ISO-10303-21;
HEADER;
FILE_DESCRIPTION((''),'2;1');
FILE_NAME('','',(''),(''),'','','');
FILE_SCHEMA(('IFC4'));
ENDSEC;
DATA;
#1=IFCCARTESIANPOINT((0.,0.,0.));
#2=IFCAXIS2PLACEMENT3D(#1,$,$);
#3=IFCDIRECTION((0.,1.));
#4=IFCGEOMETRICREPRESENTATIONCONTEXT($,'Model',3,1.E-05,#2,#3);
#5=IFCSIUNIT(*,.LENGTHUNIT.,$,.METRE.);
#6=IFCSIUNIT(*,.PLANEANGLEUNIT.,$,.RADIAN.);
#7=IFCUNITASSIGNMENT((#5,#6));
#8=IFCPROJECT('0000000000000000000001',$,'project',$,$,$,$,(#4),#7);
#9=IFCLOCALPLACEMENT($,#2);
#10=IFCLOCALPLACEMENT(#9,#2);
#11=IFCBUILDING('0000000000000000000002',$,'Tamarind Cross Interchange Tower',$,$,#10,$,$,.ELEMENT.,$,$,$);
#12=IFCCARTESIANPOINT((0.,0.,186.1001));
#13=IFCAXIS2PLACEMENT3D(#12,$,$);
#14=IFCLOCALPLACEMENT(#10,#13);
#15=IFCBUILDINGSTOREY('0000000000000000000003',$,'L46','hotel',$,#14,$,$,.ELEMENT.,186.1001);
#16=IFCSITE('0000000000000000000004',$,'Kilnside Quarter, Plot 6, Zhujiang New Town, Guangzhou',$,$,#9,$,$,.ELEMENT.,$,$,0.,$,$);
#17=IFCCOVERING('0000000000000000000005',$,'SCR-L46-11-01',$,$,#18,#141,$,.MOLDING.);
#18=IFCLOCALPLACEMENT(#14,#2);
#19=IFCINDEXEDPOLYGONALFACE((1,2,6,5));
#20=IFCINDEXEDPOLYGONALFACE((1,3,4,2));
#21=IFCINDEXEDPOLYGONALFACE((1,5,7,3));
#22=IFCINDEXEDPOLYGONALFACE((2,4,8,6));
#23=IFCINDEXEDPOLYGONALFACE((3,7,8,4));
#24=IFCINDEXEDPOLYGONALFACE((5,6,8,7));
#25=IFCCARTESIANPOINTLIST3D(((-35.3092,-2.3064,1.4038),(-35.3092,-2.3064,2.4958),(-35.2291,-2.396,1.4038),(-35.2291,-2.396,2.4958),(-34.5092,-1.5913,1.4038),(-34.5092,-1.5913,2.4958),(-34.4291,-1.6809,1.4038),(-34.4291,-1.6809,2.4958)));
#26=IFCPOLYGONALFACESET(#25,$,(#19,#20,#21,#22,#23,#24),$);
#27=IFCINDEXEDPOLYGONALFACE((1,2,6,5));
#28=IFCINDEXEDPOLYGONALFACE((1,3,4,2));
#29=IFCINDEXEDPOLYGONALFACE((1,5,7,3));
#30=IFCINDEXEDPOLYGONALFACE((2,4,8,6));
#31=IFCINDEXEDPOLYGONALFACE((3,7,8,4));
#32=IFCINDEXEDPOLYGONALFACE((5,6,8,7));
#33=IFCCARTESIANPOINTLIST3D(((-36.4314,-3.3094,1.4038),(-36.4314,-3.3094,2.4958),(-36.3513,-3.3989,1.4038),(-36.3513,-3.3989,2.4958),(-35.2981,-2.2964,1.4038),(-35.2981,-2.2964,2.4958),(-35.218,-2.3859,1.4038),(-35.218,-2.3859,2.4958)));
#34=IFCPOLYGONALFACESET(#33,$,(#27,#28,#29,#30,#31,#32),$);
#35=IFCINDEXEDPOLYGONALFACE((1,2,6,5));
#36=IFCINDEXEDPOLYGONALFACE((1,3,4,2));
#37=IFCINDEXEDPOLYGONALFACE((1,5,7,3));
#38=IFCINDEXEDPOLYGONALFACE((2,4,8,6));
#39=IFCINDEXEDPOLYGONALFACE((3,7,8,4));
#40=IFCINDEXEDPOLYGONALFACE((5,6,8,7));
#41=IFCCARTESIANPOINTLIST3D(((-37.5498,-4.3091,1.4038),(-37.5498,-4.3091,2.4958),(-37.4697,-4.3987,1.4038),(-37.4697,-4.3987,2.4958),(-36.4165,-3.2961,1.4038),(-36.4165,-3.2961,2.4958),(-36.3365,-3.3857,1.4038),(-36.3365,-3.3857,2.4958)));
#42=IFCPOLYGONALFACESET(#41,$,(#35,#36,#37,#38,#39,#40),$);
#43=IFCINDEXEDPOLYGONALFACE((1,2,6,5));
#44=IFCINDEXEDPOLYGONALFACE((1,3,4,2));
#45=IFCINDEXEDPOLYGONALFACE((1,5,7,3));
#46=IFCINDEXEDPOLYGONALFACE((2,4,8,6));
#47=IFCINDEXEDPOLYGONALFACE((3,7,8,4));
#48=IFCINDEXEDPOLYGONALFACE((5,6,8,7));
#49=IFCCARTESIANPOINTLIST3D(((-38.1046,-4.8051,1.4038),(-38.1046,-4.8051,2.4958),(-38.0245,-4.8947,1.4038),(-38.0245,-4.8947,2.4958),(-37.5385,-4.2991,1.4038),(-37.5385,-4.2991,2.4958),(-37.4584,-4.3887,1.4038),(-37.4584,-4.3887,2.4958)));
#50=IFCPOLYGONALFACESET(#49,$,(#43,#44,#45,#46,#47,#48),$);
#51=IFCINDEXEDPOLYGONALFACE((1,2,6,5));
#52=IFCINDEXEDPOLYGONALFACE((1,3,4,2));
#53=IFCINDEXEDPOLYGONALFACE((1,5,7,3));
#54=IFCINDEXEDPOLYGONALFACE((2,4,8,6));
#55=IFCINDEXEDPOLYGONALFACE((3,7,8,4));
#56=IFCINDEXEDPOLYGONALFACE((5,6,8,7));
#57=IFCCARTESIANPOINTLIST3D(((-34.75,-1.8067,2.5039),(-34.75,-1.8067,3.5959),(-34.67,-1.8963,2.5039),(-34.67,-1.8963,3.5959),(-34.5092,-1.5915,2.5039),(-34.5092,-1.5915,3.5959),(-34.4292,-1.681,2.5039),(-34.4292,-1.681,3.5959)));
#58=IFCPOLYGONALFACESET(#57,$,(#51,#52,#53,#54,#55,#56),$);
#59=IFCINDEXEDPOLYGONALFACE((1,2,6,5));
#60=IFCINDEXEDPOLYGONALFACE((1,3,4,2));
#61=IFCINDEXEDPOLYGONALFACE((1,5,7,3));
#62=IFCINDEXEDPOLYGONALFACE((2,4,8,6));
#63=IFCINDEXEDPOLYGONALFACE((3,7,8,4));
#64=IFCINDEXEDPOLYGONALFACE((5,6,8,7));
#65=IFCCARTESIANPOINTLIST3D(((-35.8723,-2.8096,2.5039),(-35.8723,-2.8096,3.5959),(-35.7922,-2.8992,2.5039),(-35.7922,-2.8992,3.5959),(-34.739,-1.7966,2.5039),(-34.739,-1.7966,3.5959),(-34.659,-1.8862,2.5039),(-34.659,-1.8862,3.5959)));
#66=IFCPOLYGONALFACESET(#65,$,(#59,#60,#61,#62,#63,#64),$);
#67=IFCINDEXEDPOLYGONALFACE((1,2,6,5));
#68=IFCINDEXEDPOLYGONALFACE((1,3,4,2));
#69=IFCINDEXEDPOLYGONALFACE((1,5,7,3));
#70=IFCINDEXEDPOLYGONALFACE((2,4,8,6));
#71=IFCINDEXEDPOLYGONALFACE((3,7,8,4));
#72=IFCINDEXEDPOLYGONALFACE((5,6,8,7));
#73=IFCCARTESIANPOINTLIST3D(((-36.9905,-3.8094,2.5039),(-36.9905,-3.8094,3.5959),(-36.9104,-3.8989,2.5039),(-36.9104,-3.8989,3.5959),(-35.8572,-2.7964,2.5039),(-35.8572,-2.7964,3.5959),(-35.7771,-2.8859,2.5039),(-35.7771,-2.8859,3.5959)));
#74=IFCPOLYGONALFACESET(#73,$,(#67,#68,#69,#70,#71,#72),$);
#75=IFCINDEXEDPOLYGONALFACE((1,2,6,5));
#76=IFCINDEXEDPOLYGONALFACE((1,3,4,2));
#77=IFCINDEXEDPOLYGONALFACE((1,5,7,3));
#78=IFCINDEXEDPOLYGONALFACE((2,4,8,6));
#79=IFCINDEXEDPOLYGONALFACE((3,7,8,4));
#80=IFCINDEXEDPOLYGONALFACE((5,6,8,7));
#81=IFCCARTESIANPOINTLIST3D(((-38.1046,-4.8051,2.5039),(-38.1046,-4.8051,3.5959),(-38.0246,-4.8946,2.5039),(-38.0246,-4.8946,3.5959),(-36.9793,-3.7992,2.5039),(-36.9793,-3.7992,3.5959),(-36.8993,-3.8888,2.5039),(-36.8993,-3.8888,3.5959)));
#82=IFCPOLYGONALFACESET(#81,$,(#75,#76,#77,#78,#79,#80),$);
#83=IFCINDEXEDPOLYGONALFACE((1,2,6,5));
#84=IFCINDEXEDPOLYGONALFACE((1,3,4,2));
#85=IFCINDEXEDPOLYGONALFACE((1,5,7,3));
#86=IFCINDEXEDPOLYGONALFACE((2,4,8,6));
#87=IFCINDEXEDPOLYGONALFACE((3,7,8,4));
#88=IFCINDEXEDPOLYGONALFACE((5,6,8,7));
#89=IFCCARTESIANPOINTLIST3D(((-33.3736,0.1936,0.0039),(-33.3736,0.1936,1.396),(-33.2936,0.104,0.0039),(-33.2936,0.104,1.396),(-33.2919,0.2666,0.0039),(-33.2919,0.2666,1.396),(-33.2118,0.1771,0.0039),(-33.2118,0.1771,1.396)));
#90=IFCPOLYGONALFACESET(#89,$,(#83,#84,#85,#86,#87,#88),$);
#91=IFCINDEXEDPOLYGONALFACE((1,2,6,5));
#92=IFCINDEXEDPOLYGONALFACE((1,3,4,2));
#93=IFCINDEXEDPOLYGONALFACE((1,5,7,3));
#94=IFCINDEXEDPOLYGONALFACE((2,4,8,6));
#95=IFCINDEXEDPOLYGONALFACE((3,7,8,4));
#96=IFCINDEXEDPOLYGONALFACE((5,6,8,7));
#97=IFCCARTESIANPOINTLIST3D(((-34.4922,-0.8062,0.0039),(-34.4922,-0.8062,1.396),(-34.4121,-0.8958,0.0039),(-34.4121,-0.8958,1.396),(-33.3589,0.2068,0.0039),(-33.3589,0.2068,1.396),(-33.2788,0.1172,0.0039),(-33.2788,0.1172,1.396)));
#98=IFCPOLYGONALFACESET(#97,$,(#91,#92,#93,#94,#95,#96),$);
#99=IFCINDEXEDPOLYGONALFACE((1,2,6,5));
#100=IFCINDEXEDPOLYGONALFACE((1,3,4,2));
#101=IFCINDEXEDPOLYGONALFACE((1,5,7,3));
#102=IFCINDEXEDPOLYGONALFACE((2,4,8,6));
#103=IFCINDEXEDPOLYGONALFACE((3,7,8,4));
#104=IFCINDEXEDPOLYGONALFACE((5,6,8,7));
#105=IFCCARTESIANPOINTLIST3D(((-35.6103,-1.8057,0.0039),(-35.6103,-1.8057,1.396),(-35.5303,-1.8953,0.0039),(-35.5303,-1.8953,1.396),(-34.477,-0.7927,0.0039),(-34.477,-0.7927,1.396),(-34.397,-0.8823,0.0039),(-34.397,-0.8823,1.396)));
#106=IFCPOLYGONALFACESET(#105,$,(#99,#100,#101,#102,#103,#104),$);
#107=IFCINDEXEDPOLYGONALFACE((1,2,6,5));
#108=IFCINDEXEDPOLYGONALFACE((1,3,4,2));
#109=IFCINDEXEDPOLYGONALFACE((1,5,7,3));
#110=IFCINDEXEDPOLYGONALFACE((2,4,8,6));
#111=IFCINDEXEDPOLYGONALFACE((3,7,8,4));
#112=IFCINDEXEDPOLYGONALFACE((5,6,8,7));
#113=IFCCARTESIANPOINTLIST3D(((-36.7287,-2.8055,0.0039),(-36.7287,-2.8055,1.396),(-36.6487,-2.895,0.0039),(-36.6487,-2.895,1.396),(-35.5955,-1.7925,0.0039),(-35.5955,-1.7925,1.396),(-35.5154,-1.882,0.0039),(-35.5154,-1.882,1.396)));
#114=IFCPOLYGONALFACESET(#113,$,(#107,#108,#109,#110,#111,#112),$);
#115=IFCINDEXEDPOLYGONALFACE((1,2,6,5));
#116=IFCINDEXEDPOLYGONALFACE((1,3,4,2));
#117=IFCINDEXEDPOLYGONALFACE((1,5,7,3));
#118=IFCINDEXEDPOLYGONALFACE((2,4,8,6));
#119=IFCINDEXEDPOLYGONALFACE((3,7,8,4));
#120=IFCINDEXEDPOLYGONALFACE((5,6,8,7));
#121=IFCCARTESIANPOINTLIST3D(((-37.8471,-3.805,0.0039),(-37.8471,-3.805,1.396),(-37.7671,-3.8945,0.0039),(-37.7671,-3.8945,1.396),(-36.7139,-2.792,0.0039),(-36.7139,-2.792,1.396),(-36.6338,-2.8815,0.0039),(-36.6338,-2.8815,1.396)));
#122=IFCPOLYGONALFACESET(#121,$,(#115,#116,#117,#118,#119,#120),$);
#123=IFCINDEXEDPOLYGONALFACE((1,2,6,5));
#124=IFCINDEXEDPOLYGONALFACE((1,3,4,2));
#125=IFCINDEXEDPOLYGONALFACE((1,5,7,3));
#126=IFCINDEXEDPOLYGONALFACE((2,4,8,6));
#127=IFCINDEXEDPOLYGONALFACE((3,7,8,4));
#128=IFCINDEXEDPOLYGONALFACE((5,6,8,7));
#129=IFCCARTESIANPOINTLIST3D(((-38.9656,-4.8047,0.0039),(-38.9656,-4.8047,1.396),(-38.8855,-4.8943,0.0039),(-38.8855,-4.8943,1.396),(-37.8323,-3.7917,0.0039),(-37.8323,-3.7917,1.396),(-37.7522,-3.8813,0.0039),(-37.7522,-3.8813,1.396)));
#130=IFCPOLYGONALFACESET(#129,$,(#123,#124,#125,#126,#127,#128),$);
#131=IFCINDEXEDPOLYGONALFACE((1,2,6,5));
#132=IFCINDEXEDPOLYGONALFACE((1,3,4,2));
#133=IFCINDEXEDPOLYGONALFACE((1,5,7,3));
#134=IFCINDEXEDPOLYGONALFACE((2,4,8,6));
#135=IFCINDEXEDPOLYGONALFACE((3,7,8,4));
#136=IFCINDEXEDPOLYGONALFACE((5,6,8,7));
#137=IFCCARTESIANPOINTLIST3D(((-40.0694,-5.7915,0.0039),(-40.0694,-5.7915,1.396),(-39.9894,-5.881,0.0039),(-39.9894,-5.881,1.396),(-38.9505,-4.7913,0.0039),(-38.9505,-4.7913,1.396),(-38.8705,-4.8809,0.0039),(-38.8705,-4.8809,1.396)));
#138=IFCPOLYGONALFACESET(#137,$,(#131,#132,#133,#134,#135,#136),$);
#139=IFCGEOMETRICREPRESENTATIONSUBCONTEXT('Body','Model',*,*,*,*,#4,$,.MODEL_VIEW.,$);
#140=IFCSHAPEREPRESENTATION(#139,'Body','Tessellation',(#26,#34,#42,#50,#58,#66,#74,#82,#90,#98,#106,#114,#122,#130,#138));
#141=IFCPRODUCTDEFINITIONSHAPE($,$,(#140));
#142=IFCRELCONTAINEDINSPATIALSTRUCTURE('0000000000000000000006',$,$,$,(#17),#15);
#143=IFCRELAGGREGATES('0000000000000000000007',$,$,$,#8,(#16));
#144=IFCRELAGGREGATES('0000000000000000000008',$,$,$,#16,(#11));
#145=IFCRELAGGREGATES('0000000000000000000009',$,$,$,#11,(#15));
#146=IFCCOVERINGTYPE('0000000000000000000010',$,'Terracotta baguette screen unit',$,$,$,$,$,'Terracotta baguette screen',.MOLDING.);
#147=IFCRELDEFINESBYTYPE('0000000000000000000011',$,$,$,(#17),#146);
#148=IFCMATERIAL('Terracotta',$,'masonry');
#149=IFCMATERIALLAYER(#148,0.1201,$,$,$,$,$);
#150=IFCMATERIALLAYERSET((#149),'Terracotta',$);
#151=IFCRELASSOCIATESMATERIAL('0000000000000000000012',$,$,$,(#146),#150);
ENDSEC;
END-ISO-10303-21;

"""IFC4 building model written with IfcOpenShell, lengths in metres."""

from ifc_helpers import new_model, si_unit, direction, frame, origin, origin_2d, place, context, subcontext, project, spatial, rectangle, extrude, material, layer, layer_set, type_object, element, save


model = new_model("IFC4")

# Units and contexts
model_context = context("Model", 3, precision=1e-05, world=origin(), true_north=direction((0.0, 1.0)))
body_context = subcontext(model_context, "Body", "Model", "MODEL_VIEW")
ifc_project = project(units=[si_unit("LENGTHUNIT", "METRE"), si_unit("PLANEANGLEUNIT", "RADIAN")], contexts=[model_context])

# Site, building, storey
site_placement = place(None, origin())
site = spatial("IfcSite", under=ifc_project, at=site_placement, Name="Kilnside Quarter, Plot 6, Zhujiang New Town, Guangzhou", CompositionType="ELEMENT", RefElevation=0.0)
building_placement = place(site_placement, origin())
building = spatial("IfcBuilding", under=site, at=building_placement, Name="Tamarind Cross Interchange Tower", CompositionType="ELEMENT")
storey_placement = place(building_placement, frame((0.0, 0.0, 186.1001)))
storey = spatial("IfcBuildingStorey", under=building, at=storey_placement, Name="L46", Description="hotel", CompositionType="ELEMENT", Elevation=186.1001)

# Covering
ifc_material_1 = material(Name="Terracotta", Category="masonry")
ifc_layer_1 = layer(ifc_material_1, 0.1201)
ifc_layer_set_1 = layer_set([ifc_layer_1], Name="Terracotta")
covering_type = type_object("IfcCoveringType", Name="Terracotta baguette screen unit", ElementType="Terracotta baguette screen", PredefinedType="MOLDING", material=ifc_layer_set_1)
covering_1_placement = place(storey_placement, origin())
element("IfcCovering", 1, at=covering_1_placement, inside=storey, type_object=covering_type, Name="SCR-L46-11-01", PredefinedType="MOLDING", context=body_context, shape_type="SweptSolid", body=[
    extrude(rectangle(XDim=1.073, YDim=0.1201, at=origin_2d()), frame((-34.8691, -1.9937, 1.4038), z_axis=(0.0, 0.0, 1.0), x_axis=(-0.745569, -0.666428, 0.0)), (0.0, 0.0, 1.0), 1.092),
    extrude(rectangle(XDim=1.52, YDim=0.1201, at=origin_2d()), frame((-35.8247, -2.8477, 1.4038), z_axis=(0.0, 0.0, 1.0), x_axis=(-0.745569, -0.666428, 0.0)), (0.0, 0.0, 1.0), 1.092),
    extrude(rectangle(XDim=1.52, YDim=0.1201, at=origin_2d()), frame((-36.9431, -3.8474, 1.4038), z_axis=(0.0, 0.0, 1.0), x_axis=(-0.745569, -0.666428, 0.0)), (0.0, 0.0, 1.0), 1.092),
    extrude(rectangle(XDim=0.7593, YDim=0.1201, at=origin_2d()), frame((-37.7815, -4.5969, 1.4038), z_axis=(0.0, 0.0, 1.0), x_axis=(-0.745569, -0.666428, 0.0)), (0.0, 0.0, 1.0), 1.092),
    extrude(rectangle(XDim=0.323, YDim=0.1201, at=origin_2d()), frame((-34.5896, -1.7439, 2.5039), z_axis=(0.0, 0.0, 1.0), x_axis=(-0.745569, -0.666428, 0.0)), (0.0, 0.0, 1.0), 1.092),
    extrude(rectangle(XDim=1.52, YDim=0.1201, at=origin_2d()), frame((-35.2656, -2.3479, 2.5039), z_axis=(0.0, 0.0, 1.0), x_axis=(-0.745569, -0.666428, 0.0)), (0.0, 0.0, 1.0), 1.092),
    extrude(rectangle(XDim=1.52, YDim=0.1201, at=origin_2d()), frame((-36.3838, -3.3477, 2.5039), z_axis=(0.0, 0.0, 1.0), x_axis=(-0.745569, -0.666428, 0.0)), (0.0, 0.0, 1.0), 1.092),
    extrude(rectangle(XDim=1.5093, YDim=0.1201, at=origin_2d()), frame((-37.502, -4.3469, 2.5039), z_axis=(0.0, 0.0, 1.0), x_axis=(-0.745569, -0.666428, 0.0)), (0.0, 0.0, 1.0), 1.092),
    extrude(rectangle(XDim=0.1096, YDim=0.1201, at=origin_2d()), frame((-33.2927, 0.1853, 0.0039), z_axis=(0.0, 0.0, 1.0), x_axis=(-0.745569, -0.666428, 0.0)), (0.0, 0.0, 1.0), 1.3921),
    extrude(rectangle(XDim=1.52, YDim=0.1201, at=origin_2d()), frame((-33.8855, -0.3445, 0.0039), z_axis=(0.0, 0.0, 1.0), x_axis=(-0.745569, -0.666428, 0.0)), (0.0, 0.0, 1.0), 1.3921),
    extrude(rectangle(XDim=1.52, YDim=0.1201, at=origin_2d()), frame((-35.0037, -1.344, 0.0039), z_axis=(0.0, 0.0, 1.0), x_axis=(-0.745569, -0.666428, 0.0)), (0.0, 0.0, 1.0), 1.3921),
    extrude(rectangle(XDim=1.52, YDim=0.1201, at=origin_2d()), frame((-36.1221, -2.3438, 0.0039), z_axis=(0.0, 0.0, 1.0), x_axis=(-0.745569, -0.666428, 0.0)), (0.0, 0.0, 1.0), 1.3921),
    extrude(rectangle(XDim=1.52, YDim=0.1201, at=origin_2d()), frame((-37.2405, -3.3433, 0.0039), z_axis=(0.0, 0.0, 1.0), x_axis=(-0.745569, -0.666428, 0.0)), (0.0, 0.0, 1.0), 1.3921),
    extrude(rectangle(XDim=1.52, YDim=0.1201, at=origin_2d()), frame((-38.3589, -4.343, 0.0039), z_axis=(0.0, 0.0, 1.0), x_axis=(-0.745569, -0.666428, 0.0)), (0.0, 0.0, 1.0), 1.3921),
    extrude(rectangle(XDim=1.5007, YDim=0.1201, at=origin_2d()), frame((-39.47, -5.3362, 0.0039), z_axis=(0.0, 0.0, 1.0), x_axis=(-0.745569, -0.666428, 0.0)), (0.0, 0.0, 1.0), 1.3921),
])

save(model, "model.ifc")
